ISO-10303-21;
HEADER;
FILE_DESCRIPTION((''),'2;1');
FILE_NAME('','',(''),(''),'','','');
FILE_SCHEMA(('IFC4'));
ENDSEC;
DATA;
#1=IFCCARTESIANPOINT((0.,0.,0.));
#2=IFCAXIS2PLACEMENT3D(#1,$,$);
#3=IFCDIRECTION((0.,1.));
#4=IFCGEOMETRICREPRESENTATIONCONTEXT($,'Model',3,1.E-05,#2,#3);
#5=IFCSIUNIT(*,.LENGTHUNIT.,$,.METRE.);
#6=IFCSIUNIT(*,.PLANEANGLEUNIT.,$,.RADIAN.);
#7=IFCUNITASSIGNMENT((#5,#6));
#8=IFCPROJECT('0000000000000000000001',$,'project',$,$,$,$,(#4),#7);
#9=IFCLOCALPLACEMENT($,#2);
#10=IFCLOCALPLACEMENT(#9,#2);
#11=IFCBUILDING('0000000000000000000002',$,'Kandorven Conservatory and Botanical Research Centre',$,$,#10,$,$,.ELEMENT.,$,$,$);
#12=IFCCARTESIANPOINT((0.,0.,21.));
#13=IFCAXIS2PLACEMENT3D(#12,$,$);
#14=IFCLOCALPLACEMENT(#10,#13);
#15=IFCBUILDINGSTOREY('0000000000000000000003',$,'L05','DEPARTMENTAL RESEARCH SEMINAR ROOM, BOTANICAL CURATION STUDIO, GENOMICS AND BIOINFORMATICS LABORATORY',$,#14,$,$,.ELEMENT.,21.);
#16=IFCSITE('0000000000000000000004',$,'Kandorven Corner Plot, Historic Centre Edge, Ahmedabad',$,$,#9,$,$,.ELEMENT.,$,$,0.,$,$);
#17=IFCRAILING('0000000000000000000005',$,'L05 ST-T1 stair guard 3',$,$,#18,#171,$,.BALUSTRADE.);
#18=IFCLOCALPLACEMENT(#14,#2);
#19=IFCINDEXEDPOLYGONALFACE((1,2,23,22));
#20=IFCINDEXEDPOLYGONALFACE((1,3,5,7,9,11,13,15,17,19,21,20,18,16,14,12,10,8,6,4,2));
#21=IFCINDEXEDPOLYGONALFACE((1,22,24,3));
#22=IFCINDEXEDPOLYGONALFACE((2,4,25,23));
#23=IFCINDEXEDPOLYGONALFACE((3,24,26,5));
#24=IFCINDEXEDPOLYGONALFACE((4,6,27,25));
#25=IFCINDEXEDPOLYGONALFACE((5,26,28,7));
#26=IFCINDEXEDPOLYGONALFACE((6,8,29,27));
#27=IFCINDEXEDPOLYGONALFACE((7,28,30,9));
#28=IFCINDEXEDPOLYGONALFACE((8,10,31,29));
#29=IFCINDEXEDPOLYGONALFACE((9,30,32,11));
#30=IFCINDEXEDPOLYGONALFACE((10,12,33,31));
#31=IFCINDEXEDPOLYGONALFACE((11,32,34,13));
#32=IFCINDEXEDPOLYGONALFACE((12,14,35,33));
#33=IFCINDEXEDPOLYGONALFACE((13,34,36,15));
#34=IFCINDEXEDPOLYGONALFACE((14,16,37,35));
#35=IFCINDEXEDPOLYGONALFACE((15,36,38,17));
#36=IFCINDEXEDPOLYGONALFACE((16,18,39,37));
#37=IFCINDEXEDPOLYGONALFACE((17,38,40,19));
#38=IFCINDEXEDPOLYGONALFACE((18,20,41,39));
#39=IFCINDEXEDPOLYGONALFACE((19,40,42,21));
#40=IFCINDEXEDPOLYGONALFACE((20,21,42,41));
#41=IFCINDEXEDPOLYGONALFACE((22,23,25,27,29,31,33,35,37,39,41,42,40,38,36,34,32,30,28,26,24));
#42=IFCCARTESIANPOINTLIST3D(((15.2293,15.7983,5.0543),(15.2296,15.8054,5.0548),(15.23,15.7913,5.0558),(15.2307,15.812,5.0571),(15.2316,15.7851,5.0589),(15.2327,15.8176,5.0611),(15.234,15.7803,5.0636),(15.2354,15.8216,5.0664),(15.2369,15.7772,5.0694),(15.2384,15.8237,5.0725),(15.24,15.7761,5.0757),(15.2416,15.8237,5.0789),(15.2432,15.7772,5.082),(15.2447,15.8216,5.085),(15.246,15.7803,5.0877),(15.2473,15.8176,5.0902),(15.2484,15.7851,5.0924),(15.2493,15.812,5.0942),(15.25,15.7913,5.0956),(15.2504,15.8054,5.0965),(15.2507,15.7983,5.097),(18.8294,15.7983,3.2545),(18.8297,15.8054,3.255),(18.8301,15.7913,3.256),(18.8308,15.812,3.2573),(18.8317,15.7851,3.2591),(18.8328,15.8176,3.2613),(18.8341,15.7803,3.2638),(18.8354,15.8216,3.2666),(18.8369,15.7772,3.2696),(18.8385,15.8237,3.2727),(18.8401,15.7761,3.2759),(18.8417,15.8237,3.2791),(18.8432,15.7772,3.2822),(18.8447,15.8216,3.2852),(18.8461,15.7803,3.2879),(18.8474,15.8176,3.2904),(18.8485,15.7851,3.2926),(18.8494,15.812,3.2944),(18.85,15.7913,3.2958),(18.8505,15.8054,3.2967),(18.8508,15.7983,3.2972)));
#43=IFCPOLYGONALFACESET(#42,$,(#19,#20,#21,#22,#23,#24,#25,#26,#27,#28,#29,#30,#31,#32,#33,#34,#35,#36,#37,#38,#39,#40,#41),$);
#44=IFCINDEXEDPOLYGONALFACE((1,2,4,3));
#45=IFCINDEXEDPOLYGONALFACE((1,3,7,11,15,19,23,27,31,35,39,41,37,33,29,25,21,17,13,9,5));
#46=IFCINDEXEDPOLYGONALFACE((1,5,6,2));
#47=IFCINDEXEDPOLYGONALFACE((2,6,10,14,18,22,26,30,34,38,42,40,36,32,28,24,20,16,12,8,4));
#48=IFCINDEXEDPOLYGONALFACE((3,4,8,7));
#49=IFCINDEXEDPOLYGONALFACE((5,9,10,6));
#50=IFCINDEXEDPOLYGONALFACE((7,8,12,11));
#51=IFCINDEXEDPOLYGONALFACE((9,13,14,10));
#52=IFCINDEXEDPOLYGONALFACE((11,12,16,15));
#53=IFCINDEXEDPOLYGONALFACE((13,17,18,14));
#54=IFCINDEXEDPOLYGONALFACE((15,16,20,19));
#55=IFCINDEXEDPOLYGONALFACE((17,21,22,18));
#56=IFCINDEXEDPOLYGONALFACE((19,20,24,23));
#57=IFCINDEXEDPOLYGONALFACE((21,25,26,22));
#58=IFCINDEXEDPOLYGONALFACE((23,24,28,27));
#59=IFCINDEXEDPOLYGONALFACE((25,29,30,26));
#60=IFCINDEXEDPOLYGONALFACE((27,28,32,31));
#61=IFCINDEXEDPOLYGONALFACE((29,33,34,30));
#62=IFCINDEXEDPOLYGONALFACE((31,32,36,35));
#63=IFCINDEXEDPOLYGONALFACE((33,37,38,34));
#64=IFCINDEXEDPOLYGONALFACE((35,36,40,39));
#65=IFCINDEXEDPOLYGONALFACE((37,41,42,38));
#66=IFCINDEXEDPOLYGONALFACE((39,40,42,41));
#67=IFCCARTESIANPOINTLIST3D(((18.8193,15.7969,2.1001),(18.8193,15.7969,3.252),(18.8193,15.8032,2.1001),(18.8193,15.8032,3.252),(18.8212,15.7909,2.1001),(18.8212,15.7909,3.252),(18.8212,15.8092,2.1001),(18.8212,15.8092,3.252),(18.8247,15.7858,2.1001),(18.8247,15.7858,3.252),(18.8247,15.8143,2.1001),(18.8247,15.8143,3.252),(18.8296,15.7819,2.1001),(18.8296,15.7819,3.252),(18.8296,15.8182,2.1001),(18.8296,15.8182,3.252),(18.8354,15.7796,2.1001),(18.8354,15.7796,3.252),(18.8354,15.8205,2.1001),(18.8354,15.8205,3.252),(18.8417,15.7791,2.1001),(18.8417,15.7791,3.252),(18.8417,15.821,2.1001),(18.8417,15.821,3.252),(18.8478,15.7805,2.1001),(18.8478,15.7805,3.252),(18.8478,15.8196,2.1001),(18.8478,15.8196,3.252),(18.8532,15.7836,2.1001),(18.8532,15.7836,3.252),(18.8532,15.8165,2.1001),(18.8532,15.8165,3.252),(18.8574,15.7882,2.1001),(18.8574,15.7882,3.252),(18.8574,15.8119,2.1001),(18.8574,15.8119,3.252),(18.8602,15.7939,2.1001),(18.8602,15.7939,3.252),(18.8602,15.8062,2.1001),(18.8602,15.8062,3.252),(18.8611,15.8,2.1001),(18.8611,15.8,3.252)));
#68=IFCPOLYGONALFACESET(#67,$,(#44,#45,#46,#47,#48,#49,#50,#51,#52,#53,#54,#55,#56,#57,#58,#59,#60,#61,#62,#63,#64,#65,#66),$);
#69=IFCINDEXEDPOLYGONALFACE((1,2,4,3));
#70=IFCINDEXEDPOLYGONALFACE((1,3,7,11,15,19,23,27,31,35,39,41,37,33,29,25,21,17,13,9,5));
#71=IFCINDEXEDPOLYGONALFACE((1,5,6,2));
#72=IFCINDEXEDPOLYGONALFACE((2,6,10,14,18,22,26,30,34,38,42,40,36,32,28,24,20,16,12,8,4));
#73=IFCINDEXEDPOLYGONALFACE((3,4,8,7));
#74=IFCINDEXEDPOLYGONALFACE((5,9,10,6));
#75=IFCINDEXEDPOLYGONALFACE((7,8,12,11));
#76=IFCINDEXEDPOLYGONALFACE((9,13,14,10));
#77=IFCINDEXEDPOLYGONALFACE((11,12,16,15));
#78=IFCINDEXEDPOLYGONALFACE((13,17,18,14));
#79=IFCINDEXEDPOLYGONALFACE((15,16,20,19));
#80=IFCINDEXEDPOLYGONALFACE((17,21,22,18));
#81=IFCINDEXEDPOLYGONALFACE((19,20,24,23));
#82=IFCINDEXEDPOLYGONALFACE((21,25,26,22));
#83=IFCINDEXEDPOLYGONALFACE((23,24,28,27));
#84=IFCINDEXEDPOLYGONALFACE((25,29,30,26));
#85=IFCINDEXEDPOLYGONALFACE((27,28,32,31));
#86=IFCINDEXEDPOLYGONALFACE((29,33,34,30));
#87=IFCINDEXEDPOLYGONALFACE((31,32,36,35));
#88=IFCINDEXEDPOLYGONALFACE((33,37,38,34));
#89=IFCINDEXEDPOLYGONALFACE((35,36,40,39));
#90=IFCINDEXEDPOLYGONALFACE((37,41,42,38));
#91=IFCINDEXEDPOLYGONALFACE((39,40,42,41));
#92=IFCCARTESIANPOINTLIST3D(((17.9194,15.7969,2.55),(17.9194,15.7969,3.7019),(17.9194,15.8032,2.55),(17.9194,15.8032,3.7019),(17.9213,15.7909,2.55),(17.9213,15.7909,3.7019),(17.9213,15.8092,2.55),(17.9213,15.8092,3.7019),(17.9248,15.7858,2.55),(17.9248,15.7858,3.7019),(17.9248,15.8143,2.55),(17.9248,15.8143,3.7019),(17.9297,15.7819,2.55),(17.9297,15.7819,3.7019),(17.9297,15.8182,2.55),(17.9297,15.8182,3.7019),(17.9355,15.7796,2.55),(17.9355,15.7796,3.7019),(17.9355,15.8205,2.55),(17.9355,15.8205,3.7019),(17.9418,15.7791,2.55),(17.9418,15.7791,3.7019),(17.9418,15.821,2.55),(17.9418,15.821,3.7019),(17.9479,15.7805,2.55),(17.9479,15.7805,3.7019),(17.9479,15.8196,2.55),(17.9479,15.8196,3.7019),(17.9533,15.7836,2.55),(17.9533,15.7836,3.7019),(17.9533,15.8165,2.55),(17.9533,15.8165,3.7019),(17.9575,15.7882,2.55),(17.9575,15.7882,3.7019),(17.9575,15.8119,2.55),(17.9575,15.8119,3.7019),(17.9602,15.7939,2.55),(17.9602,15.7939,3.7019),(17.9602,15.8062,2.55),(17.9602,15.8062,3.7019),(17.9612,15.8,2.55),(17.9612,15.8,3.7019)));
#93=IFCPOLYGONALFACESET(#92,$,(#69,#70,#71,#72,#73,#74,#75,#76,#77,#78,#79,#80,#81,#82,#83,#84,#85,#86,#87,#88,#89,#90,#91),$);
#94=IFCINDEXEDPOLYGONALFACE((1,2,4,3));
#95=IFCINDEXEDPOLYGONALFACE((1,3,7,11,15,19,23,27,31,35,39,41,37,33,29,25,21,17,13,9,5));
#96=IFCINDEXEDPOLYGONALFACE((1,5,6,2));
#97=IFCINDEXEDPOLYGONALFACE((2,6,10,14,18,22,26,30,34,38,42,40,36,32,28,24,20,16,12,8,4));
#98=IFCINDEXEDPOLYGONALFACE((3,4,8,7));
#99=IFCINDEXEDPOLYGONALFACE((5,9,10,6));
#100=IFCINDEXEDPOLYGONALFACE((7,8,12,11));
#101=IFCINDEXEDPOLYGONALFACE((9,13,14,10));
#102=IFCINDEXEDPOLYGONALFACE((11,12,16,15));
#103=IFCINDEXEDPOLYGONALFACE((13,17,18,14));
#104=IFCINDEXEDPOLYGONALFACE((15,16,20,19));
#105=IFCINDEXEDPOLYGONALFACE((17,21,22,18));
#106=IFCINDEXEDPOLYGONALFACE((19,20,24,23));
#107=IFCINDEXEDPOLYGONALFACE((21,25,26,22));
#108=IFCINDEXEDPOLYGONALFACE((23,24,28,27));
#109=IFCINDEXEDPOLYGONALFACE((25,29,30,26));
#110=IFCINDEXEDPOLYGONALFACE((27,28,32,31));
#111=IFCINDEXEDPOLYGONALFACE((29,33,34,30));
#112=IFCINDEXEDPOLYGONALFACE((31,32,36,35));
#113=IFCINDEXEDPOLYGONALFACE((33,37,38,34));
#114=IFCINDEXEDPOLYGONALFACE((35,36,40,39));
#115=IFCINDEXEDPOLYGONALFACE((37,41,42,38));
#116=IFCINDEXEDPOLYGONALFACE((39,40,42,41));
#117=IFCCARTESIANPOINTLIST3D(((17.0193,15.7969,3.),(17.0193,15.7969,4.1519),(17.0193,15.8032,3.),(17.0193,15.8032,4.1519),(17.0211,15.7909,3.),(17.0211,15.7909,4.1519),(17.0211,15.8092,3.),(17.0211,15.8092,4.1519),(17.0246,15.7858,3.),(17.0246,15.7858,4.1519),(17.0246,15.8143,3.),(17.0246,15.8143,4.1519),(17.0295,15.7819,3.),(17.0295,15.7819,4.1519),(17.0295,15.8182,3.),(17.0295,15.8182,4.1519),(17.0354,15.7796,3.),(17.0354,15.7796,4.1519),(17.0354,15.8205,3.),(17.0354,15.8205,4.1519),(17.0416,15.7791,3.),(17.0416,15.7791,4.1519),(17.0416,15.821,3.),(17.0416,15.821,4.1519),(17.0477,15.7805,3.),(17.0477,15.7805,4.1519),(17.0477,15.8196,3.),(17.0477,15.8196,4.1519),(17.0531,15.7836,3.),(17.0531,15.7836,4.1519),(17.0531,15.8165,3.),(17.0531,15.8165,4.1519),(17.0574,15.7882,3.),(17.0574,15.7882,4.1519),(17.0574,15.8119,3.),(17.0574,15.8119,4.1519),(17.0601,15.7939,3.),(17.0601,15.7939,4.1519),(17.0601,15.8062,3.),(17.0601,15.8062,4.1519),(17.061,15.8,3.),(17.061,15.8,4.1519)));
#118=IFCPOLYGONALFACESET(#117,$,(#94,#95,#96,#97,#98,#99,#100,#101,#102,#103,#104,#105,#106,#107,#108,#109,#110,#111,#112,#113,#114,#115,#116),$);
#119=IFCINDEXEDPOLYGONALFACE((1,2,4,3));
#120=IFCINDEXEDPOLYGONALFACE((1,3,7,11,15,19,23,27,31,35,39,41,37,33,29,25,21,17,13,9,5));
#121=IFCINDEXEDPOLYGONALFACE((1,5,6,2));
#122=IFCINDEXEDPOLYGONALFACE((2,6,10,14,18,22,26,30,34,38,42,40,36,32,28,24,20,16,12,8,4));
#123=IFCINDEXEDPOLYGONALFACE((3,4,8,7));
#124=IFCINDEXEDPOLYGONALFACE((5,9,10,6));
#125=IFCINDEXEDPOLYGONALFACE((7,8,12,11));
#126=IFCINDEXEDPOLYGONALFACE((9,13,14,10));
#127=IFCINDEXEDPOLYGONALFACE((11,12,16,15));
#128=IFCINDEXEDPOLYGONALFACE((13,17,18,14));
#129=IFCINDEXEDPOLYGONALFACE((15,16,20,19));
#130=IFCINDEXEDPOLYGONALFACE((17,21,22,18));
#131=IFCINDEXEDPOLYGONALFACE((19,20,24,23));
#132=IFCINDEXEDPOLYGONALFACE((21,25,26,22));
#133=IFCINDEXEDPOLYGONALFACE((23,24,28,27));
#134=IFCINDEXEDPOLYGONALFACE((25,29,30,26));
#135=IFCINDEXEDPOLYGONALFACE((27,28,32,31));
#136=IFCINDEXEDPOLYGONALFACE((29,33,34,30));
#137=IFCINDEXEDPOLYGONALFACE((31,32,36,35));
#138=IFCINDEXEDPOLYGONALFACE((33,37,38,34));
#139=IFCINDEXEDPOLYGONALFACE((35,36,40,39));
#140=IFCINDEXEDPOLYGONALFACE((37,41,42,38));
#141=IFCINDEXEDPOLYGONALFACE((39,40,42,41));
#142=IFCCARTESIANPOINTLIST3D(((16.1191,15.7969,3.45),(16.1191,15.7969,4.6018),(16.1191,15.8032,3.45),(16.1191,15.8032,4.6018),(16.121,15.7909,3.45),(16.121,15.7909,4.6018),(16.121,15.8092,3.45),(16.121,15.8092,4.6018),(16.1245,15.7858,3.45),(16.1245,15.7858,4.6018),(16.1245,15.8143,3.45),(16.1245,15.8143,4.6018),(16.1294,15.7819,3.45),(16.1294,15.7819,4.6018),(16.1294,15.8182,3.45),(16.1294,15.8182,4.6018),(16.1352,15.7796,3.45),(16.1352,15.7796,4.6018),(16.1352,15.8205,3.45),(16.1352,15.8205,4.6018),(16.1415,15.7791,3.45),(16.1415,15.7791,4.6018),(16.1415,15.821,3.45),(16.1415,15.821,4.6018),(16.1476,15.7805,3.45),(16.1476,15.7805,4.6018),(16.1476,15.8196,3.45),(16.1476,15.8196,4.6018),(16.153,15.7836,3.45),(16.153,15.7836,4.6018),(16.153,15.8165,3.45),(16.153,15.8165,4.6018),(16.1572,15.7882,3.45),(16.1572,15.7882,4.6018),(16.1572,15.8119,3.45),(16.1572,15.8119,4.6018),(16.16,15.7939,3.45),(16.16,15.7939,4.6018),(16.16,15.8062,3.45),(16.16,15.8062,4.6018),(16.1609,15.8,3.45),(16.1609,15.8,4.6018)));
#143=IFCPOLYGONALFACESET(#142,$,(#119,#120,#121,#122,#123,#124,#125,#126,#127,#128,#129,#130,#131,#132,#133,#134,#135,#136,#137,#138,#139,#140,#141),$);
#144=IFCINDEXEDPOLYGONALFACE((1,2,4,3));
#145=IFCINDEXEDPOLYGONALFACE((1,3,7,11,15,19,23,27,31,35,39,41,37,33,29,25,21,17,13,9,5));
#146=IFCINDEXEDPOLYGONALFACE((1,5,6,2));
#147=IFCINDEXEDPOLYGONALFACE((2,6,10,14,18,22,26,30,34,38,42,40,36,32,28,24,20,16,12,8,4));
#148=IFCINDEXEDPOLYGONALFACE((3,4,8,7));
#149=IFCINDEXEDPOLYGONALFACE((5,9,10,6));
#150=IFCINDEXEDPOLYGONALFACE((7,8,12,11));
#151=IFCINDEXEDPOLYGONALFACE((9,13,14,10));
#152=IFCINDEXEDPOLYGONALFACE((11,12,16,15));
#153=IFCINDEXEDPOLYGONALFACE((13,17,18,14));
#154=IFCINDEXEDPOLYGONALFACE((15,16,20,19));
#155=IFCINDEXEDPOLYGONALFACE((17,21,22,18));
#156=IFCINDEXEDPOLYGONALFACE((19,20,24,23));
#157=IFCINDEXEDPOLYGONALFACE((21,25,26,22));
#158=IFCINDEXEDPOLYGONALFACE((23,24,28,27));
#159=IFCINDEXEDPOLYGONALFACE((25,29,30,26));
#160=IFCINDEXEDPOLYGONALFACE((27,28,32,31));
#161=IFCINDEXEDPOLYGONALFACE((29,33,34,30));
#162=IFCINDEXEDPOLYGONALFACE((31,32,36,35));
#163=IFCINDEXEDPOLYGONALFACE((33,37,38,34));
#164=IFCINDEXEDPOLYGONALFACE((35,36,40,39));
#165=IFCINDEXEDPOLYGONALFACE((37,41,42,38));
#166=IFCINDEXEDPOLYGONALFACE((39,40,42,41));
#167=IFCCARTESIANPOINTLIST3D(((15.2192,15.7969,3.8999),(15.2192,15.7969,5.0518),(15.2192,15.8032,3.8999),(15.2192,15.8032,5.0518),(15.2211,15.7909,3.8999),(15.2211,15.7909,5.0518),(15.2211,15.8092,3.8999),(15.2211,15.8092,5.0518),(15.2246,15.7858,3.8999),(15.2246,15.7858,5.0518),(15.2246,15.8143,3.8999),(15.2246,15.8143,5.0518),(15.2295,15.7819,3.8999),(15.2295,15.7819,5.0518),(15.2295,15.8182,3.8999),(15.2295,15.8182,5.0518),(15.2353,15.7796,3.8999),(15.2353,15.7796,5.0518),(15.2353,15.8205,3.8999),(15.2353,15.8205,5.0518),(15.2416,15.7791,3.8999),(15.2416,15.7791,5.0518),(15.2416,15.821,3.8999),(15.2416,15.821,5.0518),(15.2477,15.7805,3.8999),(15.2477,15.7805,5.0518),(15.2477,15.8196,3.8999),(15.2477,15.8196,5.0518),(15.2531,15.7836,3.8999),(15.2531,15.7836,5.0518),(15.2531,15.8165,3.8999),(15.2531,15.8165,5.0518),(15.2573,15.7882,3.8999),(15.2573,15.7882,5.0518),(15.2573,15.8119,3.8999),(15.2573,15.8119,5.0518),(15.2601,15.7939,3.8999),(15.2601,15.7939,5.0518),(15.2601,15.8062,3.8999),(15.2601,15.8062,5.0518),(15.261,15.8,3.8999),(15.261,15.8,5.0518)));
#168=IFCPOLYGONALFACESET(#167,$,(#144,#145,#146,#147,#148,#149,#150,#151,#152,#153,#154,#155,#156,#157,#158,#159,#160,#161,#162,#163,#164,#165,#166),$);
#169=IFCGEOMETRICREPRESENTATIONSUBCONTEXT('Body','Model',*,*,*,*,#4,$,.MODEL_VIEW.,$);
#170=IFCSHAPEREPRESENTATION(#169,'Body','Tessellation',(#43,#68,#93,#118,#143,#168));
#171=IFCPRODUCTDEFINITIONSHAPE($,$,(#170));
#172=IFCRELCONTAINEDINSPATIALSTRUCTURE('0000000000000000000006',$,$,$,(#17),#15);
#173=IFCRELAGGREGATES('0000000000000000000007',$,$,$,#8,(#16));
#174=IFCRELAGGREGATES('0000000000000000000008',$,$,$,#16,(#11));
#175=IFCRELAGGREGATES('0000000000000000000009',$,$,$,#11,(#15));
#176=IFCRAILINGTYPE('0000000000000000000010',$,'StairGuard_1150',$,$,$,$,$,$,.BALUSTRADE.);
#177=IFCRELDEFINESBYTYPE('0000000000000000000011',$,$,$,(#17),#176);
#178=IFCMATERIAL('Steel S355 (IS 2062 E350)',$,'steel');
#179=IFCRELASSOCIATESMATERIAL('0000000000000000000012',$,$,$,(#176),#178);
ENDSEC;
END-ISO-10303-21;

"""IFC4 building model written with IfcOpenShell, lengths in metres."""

from ifc_helpers import new_model, si_unit, direction, frame, origin, origin_2d, place, context, subcontext, project, spatial, circle, extrude, material, type_object, element, save


model = new_model("IFC4")

# Units and contexts
model_context = context("Model", 3, precision=1e-05, world=origin(), true_north=direction((0.0, 1.0)))
body_context = subcontext(model_context, "Body", "Model", "MODEL_VIEW")
ifc_project = project(units=[si_unit("LENGTHUNIT", "METRE"), si_unit("PLANEANGLEUNIT", "RADIAN")], contexts=[model_context])

# Site, building, storey
site_placement = place(None, origin())
site = spatial("IfcSite", under=ifc_project, at=site_placement, Name="Kandorven Corner Plot, Historic Centre Edge, Ahmedabad", CompositionType="ELEMENT", RefElevation=0.0)
building_placement = place(site_placement, origin())
building = spatial("IfcBuilding", under=site, at=building_placement, Name="Kandorven Conservatory and Botanical Research Centre", CompositionType="ELEMENT")
storey_placement = place(building_placement, frame((0.0, 0.0, 21.0)))
storey = spatial("IfcBuildingStorey", under=building, at=storey_placement, Name="L05", Description="DEPARTMENTAL RESEARCH SEMINAR ROOM, BOTANICAL CURATION STUDIO, GENOMICS AND BIOINFORMATICS LABORATORY", CompositionType="ELEMENT", Elevation=21.0)

# Railing
ifc_material_1 = material(Name="Steel S355 (IS 2062 E350)", Category="steel")
railing_type_1 = type_object("IfcRailingType", Name="StairGuard_1150", PredefinedType="BALUSTRADE", material=ifc_material_1)
railing_1_placement = place(storey_placement, frame((18.8401, 15.8, 2.1001)))
element("IfcRailing", 1, at=railing_1_placement, inside=storey, type_object=railing_type_1, Name="L05 ST-T1 stair guard 3", PredefinedType="BALUSTRADE", context=body_context, shape_type="SweptSolid", body=[
    extrude(circle(Radius=0.0239, at=origin_2d()), frame((0.0, 0.0, 1.1758), z_axis=(-0.894451, 0.0, 0.447165), x_axis=(0.0, -1.0, 0.0)), (0.0, 0.0, 1.0), 4.0249),
    extrude(circle(Radius=0.021, at=origin_2d()), origin(), (0.0, 0.0, 1.0), 1.1519),
    extrude(circle(Radius=0.021, at=origin_2d()), frame((-0.8999, 0.0, 0.45)), (0.0, 0.0, 1.0), 1.1519),
    extrude(circle(Radius=0.021, at=origin_2d()), frame((-1.8, 0.0, 0.8999)), (0.0, 0.0, 1.0), 1.1519),
    extrude(circle(Radius=0.021, at=origin_2d()), frame((-2.7002, 0.0, 1.3499)), (0.0, 0.0, 1.0), 1.1519),
    extrude(circle(Radius=0.021, at=origin_2d()), frame((-3.6001, 0.0, 1.7998)), (0.0, 0.0, 1.0), 1.1519),
])

save(model, "model.ifc")
